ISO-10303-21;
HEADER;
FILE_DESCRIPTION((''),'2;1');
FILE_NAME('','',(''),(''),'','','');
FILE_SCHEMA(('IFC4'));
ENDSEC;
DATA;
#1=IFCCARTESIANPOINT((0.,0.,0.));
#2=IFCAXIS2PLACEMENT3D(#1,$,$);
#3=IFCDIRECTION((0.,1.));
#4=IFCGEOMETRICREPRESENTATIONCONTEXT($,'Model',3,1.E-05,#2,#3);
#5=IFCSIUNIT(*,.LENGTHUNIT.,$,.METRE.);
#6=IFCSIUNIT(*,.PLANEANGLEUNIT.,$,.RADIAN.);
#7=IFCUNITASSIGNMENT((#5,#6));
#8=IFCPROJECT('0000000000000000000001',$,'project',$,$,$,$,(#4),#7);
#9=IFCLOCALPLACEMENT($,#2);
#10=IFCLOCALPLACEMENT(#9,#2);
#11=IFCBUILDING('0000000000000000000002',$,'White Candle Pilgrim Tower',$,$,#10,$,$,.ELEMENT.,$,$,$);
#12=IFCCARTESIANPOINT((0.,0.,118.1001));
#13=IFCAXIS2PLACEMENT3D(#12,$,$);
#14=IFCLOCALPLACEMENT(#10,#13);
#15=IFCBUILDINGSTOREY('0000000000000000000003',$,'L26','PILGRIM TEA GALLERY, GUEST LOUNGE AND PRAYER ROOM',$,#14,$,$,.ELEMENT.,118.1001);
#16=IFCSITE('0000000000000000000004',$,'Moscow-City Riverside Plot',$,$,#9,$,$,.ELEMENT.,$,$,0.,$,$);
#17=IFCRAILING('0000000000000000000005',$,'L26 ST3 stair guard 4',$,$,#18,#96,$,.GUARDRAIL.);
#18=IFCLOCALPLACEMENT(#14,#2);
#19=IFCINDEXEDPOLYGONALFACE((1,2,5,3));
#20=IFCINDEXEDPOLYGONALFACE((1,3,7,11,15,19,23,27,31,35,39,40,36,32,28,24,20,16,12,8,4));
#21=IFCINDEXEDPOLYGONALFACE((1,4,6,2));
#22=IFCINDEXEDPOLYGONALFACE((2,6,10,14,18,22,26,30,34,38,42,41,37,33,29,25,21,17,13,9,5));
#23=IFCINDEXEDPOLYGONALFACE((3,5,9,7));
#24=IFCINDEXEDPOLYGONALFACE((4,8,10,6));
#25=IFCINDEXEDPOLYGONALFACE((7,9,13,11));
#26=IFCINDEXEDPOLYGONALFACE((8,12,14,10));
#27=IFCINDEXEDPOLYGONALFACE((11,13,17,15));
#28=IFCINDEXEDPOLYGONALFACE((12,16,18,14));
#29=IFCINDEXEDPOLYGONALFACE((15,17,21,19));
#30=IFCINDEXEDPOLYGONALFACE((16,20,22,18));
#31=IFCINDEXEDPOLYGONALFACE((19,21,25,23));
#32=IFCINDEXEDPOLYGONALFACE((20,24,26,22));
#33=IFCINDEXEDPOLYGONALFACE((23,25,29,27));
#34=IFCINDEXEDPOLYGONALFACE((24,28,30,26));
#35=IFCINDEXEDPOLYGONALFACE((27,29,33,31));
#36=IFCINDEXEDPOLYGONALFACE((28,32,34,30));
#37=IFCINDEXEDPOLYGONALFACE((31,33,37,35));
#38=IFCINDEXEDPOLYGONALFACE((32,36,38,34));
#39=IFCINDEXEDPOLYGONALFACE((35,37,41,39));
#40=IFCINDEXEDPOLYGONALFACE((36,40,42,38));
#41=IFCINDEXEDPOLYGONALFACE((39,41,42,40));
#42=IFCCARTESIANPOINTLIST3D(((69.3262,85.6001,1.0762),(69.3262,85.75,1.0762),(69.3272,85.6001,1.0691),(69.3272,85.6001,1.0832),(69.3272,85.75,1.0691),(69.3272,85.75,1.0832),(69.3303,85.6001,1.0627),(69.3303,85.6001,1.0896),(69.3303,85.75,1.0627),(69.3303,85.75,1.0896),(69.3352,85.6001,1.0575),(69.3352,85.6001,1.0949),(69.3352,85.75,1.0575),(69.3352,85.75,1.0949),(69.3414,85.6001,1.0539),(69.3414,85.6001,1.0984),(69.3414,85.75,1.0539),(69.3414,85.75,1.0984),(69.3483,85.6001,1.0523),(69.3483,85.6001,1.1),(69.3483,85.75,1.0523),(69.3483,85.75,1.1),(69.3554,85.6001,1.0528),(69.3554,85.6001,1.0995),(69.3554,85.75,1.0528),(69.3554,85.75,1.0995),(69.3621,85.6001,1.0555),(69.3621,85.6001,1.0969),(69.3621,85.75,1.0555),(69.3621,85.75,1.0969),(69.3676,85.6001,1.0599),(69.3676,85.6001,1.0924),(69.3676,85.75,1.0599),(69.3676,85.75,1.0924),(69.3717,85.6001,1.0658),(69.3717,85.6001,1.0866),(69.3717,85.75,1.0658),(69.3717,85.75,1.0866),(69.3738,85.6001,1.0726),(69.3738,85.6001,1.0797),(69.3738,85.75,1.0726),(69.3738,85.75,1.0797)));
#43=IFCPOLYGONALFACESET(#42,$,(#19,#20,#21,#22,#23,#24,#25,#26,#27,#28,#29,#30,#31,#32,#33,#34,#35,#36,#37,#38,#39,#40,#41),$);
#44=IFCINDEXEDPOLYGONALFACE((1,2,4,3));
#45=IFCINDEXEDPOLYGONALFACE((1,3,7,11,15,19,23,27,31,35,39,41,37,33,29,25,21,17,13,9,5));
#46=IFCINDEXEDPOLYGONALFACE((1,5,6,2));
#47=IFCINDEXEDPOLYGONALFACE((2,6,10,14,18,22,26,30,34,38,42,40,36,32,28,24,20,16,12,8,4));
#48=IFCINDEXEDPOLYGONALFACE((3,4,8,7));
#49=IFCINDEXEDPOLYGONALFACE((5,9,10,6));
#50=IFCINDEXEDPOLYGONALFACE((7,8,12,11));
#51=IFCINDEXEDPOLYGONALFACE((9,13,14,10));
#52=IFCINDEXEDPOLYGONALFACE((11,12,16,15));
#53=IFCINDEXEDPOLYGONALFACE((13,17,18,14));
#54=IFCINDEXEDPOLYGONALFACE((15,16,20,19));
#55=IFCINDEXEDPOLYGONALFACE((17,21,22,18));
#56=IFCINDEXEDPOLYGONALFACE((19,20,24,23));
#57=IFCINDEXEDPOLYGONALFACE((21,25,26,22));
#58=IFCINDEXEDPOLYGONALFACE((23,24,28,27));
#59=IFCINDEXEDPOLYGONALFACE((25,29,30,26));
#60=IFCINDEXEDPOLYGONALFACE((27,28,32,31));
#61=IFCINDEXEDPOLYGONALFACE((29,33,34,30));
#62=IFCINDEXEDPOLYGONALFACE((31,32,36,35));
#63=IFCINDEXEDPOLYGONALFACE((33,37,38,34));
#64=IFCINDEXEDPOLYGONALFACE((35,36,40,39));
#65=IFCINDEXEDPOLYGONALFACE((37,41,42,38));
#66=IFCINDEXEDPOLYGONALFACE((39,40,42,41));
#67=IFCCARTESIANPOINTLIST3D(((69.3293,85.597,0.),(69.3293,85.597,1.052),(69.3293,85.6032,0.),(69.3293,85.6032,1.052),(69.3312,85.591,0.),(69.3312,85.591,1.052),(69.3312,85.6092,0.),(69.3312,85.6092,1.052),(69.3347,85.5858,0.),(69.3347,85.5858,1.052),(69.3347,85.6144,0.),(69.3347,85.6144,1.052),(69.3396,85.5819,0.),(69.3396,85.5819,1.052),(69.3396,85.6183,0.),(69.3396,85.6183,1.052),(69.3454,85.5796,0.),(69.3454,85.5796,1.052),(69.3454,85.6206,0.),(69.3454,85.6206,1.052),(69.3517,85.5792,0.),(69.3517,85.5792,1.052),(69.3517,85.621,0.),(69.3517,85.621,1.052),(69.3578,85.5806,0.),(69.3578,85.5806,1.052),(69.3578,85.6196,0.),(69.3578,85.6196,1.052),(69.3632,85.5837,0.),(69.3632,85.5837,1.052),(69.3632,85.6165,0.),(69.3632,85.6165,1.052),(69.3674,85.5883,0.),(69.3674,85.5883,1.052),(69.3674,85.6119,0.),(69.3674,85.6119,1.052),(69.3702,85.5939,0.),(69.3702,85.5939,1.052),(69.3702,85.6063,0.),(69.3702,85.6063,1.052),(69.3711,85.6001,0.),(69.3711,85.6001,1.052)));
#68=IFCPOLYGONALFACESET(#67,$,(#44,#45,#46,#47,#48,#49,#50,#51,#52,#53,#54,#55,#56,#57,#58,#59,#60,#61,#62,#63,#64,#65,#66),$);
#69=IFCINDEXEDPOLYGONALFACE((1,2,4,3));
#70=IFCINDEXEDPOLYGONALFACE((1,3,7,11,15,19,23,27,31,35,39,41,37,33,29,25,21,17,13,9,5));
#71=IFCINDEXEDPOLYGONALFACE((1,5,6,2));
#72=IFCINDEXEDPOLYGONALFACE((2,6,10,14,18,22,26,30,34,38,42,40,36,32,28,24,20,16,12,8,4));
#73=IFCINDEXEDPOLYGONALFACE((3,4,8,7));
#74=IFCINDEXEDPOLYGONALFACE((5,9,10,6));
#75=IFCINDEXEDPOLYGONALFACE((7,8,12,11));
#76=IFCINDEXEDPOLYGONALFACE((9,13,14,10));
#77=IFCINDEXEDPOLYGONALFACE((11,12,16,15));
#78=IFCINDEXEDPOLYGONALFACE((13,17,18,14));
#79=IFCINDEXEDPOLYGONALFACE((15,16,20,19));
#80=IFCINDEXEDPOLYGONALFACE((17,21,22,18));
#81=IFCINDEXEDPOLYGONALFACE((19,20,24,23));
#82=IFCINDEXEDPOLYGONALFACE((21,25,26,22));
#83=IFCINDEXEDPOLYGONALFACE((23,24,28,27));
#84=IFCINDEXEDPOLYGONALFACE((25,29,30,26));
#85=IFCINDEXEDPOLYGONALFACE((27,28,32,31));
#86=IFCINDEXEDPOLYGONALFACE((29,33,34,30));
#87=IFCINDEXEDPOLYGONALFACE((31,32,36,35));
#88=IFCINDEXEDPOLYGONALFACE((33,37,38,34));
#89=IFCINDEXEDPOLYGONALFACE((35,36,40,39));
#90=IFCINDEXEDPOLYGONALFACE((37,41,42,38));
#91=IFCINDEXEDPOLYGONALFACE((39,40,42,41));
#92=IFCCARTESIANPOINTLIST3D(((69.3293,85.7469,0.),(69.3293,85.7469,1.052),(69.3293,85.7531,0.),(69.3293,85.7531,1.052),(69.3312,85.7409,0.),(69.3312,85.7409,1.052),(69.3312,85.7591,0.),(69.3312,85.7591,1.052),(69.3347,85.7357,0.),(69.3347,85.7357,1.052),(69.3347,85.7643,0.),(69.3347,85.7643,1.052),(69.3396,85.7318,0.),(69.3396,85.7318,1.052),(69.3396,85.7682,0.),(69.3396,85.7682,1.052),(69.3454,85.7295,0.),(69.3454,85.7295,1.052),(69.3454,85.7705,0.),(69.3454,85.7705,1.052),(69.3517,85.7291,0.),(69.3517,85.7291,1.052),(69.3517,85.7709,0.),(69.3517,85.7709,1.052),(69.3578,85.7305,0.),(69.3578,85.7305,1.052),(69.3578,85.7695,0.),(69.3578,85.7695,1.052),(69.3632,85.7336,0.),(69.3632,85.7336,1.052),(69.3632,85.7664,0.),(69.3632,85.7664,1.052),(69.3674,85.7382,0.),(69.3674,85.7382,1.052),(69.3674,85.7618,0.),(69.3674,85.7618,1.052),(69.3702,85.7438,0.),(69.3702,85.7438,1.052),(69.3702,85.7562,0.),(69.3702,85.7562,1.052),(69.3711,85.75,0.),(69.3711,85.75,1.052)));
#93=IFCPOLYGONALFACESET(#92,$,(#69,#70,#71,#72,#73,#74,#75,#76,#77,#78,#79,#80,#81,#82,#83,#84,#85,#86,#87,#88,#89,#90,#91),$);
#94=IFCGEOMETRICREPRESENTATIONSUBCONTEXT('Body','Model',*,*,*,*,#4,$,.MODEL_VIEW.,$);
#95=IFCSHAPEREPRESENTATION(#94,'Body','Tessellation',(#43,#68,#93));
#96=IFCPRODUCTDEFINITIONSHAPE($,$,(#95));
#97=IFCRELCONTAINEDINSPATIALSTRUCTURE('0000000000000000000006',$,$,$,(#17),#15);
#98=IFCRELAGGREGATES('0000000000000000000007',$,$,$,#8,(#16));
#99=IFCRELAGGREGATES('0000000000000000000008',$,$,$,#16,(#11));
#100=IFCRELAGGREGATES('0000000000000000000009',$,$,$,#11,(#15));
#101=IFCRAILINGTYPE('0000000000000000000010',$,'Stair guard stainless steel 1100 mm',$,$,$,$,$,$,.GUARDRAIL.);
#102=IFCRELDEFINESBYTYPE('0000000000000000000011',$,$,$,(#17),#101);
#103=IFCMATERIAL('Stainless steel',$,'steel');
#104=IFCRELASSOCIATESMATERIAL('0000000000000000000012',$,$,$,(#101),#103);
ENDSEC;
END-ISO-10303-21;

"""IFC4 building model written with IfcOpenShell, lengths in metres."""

from ifc_helpers import new_model, si_unit, direction, frame, origin, origin_2d, place, context, subcontext, project, spatial, circle, extrude, material, type_object, element, save


model = new_model("IFC4")

# Units and contexts
model_context = context("Model", 3, precision=1e-05, world=origin(), true_north=direction((0.0, 1.0)))
body_context = subcontext(model_context, "Body", "Model", "MODEL_VIEW")
ifc_project = project(units=[si_unit("LENGTHUNIT", "METRE"), si_unit("PLANEANGLEUNIT", "RADIAN")], contexts=[model_context])

# Site, building, storey
site_placement = place(None, origin())
site = spatial("IfcSite", under=ifc_project, at=site_placement, Name="Moscow-City Riverside Plot", CompositionType="ELEMENT", RefElevation=0.0)
building_placement = place(site_placement, origin())
building = spatial("IfcBuilding", under=site, at=building_placement, Name="White Candle Pilgrim Tower", CompositionType="ELEMENT")
storey_placement = place(building_placement, frame((0.0, 0.0, 118.1001)))
storey = spatial("IfcBuildingStorey", under=building, at=storey_placement, Name="L26", Description="PILGRIM TEA GALLERY, GUEST LOUNGE AND PRAYER ROOM", CompositionType="ELEMENT", Elevation=118.1001)

# Railing
ifc_material_1 = material(Name="Stainless steel", Category="steel")
railing_type_1 = type_object("IfcRailingType", Name="Stair guard stainless steel 1100 mm", PredefinedType="GUARDRAIL", material=ifc_material_1)
railing_1_placement = place(storey_placement, frame((69.3501, 85.6001, 0.0)))
element("IfcRailing", 1, at=railing_1_placement, inside=storey, type_object=railing_type_1, Name="L26 ST3 stair guard 4", PredefinedType="GUARDRAIL", context=body_context, shape_type="SweptSolid", body=[
    extrude(circle(Radius=0.0239, at=origin_2d()), frame((0.0, 0.0, 1.0762), z_axis=(0.0, 1.0, 0.0), x_axis=(-1.0, 0.0, 0.0)), (0.0, 0.0, 1.0), 0.1499),
    extrude(circle(Radius=0.021, at=origin_2d()), origin(), (0.0, 0.0, 1.0), 1.052),
    extrude(circle(Radius=0.021, at=origin_2d()), frame((0.0, 0.1499, 0.0)), (0.0, 0.0, 1.0), 1.052),
])

save(model, "model.ifc")
